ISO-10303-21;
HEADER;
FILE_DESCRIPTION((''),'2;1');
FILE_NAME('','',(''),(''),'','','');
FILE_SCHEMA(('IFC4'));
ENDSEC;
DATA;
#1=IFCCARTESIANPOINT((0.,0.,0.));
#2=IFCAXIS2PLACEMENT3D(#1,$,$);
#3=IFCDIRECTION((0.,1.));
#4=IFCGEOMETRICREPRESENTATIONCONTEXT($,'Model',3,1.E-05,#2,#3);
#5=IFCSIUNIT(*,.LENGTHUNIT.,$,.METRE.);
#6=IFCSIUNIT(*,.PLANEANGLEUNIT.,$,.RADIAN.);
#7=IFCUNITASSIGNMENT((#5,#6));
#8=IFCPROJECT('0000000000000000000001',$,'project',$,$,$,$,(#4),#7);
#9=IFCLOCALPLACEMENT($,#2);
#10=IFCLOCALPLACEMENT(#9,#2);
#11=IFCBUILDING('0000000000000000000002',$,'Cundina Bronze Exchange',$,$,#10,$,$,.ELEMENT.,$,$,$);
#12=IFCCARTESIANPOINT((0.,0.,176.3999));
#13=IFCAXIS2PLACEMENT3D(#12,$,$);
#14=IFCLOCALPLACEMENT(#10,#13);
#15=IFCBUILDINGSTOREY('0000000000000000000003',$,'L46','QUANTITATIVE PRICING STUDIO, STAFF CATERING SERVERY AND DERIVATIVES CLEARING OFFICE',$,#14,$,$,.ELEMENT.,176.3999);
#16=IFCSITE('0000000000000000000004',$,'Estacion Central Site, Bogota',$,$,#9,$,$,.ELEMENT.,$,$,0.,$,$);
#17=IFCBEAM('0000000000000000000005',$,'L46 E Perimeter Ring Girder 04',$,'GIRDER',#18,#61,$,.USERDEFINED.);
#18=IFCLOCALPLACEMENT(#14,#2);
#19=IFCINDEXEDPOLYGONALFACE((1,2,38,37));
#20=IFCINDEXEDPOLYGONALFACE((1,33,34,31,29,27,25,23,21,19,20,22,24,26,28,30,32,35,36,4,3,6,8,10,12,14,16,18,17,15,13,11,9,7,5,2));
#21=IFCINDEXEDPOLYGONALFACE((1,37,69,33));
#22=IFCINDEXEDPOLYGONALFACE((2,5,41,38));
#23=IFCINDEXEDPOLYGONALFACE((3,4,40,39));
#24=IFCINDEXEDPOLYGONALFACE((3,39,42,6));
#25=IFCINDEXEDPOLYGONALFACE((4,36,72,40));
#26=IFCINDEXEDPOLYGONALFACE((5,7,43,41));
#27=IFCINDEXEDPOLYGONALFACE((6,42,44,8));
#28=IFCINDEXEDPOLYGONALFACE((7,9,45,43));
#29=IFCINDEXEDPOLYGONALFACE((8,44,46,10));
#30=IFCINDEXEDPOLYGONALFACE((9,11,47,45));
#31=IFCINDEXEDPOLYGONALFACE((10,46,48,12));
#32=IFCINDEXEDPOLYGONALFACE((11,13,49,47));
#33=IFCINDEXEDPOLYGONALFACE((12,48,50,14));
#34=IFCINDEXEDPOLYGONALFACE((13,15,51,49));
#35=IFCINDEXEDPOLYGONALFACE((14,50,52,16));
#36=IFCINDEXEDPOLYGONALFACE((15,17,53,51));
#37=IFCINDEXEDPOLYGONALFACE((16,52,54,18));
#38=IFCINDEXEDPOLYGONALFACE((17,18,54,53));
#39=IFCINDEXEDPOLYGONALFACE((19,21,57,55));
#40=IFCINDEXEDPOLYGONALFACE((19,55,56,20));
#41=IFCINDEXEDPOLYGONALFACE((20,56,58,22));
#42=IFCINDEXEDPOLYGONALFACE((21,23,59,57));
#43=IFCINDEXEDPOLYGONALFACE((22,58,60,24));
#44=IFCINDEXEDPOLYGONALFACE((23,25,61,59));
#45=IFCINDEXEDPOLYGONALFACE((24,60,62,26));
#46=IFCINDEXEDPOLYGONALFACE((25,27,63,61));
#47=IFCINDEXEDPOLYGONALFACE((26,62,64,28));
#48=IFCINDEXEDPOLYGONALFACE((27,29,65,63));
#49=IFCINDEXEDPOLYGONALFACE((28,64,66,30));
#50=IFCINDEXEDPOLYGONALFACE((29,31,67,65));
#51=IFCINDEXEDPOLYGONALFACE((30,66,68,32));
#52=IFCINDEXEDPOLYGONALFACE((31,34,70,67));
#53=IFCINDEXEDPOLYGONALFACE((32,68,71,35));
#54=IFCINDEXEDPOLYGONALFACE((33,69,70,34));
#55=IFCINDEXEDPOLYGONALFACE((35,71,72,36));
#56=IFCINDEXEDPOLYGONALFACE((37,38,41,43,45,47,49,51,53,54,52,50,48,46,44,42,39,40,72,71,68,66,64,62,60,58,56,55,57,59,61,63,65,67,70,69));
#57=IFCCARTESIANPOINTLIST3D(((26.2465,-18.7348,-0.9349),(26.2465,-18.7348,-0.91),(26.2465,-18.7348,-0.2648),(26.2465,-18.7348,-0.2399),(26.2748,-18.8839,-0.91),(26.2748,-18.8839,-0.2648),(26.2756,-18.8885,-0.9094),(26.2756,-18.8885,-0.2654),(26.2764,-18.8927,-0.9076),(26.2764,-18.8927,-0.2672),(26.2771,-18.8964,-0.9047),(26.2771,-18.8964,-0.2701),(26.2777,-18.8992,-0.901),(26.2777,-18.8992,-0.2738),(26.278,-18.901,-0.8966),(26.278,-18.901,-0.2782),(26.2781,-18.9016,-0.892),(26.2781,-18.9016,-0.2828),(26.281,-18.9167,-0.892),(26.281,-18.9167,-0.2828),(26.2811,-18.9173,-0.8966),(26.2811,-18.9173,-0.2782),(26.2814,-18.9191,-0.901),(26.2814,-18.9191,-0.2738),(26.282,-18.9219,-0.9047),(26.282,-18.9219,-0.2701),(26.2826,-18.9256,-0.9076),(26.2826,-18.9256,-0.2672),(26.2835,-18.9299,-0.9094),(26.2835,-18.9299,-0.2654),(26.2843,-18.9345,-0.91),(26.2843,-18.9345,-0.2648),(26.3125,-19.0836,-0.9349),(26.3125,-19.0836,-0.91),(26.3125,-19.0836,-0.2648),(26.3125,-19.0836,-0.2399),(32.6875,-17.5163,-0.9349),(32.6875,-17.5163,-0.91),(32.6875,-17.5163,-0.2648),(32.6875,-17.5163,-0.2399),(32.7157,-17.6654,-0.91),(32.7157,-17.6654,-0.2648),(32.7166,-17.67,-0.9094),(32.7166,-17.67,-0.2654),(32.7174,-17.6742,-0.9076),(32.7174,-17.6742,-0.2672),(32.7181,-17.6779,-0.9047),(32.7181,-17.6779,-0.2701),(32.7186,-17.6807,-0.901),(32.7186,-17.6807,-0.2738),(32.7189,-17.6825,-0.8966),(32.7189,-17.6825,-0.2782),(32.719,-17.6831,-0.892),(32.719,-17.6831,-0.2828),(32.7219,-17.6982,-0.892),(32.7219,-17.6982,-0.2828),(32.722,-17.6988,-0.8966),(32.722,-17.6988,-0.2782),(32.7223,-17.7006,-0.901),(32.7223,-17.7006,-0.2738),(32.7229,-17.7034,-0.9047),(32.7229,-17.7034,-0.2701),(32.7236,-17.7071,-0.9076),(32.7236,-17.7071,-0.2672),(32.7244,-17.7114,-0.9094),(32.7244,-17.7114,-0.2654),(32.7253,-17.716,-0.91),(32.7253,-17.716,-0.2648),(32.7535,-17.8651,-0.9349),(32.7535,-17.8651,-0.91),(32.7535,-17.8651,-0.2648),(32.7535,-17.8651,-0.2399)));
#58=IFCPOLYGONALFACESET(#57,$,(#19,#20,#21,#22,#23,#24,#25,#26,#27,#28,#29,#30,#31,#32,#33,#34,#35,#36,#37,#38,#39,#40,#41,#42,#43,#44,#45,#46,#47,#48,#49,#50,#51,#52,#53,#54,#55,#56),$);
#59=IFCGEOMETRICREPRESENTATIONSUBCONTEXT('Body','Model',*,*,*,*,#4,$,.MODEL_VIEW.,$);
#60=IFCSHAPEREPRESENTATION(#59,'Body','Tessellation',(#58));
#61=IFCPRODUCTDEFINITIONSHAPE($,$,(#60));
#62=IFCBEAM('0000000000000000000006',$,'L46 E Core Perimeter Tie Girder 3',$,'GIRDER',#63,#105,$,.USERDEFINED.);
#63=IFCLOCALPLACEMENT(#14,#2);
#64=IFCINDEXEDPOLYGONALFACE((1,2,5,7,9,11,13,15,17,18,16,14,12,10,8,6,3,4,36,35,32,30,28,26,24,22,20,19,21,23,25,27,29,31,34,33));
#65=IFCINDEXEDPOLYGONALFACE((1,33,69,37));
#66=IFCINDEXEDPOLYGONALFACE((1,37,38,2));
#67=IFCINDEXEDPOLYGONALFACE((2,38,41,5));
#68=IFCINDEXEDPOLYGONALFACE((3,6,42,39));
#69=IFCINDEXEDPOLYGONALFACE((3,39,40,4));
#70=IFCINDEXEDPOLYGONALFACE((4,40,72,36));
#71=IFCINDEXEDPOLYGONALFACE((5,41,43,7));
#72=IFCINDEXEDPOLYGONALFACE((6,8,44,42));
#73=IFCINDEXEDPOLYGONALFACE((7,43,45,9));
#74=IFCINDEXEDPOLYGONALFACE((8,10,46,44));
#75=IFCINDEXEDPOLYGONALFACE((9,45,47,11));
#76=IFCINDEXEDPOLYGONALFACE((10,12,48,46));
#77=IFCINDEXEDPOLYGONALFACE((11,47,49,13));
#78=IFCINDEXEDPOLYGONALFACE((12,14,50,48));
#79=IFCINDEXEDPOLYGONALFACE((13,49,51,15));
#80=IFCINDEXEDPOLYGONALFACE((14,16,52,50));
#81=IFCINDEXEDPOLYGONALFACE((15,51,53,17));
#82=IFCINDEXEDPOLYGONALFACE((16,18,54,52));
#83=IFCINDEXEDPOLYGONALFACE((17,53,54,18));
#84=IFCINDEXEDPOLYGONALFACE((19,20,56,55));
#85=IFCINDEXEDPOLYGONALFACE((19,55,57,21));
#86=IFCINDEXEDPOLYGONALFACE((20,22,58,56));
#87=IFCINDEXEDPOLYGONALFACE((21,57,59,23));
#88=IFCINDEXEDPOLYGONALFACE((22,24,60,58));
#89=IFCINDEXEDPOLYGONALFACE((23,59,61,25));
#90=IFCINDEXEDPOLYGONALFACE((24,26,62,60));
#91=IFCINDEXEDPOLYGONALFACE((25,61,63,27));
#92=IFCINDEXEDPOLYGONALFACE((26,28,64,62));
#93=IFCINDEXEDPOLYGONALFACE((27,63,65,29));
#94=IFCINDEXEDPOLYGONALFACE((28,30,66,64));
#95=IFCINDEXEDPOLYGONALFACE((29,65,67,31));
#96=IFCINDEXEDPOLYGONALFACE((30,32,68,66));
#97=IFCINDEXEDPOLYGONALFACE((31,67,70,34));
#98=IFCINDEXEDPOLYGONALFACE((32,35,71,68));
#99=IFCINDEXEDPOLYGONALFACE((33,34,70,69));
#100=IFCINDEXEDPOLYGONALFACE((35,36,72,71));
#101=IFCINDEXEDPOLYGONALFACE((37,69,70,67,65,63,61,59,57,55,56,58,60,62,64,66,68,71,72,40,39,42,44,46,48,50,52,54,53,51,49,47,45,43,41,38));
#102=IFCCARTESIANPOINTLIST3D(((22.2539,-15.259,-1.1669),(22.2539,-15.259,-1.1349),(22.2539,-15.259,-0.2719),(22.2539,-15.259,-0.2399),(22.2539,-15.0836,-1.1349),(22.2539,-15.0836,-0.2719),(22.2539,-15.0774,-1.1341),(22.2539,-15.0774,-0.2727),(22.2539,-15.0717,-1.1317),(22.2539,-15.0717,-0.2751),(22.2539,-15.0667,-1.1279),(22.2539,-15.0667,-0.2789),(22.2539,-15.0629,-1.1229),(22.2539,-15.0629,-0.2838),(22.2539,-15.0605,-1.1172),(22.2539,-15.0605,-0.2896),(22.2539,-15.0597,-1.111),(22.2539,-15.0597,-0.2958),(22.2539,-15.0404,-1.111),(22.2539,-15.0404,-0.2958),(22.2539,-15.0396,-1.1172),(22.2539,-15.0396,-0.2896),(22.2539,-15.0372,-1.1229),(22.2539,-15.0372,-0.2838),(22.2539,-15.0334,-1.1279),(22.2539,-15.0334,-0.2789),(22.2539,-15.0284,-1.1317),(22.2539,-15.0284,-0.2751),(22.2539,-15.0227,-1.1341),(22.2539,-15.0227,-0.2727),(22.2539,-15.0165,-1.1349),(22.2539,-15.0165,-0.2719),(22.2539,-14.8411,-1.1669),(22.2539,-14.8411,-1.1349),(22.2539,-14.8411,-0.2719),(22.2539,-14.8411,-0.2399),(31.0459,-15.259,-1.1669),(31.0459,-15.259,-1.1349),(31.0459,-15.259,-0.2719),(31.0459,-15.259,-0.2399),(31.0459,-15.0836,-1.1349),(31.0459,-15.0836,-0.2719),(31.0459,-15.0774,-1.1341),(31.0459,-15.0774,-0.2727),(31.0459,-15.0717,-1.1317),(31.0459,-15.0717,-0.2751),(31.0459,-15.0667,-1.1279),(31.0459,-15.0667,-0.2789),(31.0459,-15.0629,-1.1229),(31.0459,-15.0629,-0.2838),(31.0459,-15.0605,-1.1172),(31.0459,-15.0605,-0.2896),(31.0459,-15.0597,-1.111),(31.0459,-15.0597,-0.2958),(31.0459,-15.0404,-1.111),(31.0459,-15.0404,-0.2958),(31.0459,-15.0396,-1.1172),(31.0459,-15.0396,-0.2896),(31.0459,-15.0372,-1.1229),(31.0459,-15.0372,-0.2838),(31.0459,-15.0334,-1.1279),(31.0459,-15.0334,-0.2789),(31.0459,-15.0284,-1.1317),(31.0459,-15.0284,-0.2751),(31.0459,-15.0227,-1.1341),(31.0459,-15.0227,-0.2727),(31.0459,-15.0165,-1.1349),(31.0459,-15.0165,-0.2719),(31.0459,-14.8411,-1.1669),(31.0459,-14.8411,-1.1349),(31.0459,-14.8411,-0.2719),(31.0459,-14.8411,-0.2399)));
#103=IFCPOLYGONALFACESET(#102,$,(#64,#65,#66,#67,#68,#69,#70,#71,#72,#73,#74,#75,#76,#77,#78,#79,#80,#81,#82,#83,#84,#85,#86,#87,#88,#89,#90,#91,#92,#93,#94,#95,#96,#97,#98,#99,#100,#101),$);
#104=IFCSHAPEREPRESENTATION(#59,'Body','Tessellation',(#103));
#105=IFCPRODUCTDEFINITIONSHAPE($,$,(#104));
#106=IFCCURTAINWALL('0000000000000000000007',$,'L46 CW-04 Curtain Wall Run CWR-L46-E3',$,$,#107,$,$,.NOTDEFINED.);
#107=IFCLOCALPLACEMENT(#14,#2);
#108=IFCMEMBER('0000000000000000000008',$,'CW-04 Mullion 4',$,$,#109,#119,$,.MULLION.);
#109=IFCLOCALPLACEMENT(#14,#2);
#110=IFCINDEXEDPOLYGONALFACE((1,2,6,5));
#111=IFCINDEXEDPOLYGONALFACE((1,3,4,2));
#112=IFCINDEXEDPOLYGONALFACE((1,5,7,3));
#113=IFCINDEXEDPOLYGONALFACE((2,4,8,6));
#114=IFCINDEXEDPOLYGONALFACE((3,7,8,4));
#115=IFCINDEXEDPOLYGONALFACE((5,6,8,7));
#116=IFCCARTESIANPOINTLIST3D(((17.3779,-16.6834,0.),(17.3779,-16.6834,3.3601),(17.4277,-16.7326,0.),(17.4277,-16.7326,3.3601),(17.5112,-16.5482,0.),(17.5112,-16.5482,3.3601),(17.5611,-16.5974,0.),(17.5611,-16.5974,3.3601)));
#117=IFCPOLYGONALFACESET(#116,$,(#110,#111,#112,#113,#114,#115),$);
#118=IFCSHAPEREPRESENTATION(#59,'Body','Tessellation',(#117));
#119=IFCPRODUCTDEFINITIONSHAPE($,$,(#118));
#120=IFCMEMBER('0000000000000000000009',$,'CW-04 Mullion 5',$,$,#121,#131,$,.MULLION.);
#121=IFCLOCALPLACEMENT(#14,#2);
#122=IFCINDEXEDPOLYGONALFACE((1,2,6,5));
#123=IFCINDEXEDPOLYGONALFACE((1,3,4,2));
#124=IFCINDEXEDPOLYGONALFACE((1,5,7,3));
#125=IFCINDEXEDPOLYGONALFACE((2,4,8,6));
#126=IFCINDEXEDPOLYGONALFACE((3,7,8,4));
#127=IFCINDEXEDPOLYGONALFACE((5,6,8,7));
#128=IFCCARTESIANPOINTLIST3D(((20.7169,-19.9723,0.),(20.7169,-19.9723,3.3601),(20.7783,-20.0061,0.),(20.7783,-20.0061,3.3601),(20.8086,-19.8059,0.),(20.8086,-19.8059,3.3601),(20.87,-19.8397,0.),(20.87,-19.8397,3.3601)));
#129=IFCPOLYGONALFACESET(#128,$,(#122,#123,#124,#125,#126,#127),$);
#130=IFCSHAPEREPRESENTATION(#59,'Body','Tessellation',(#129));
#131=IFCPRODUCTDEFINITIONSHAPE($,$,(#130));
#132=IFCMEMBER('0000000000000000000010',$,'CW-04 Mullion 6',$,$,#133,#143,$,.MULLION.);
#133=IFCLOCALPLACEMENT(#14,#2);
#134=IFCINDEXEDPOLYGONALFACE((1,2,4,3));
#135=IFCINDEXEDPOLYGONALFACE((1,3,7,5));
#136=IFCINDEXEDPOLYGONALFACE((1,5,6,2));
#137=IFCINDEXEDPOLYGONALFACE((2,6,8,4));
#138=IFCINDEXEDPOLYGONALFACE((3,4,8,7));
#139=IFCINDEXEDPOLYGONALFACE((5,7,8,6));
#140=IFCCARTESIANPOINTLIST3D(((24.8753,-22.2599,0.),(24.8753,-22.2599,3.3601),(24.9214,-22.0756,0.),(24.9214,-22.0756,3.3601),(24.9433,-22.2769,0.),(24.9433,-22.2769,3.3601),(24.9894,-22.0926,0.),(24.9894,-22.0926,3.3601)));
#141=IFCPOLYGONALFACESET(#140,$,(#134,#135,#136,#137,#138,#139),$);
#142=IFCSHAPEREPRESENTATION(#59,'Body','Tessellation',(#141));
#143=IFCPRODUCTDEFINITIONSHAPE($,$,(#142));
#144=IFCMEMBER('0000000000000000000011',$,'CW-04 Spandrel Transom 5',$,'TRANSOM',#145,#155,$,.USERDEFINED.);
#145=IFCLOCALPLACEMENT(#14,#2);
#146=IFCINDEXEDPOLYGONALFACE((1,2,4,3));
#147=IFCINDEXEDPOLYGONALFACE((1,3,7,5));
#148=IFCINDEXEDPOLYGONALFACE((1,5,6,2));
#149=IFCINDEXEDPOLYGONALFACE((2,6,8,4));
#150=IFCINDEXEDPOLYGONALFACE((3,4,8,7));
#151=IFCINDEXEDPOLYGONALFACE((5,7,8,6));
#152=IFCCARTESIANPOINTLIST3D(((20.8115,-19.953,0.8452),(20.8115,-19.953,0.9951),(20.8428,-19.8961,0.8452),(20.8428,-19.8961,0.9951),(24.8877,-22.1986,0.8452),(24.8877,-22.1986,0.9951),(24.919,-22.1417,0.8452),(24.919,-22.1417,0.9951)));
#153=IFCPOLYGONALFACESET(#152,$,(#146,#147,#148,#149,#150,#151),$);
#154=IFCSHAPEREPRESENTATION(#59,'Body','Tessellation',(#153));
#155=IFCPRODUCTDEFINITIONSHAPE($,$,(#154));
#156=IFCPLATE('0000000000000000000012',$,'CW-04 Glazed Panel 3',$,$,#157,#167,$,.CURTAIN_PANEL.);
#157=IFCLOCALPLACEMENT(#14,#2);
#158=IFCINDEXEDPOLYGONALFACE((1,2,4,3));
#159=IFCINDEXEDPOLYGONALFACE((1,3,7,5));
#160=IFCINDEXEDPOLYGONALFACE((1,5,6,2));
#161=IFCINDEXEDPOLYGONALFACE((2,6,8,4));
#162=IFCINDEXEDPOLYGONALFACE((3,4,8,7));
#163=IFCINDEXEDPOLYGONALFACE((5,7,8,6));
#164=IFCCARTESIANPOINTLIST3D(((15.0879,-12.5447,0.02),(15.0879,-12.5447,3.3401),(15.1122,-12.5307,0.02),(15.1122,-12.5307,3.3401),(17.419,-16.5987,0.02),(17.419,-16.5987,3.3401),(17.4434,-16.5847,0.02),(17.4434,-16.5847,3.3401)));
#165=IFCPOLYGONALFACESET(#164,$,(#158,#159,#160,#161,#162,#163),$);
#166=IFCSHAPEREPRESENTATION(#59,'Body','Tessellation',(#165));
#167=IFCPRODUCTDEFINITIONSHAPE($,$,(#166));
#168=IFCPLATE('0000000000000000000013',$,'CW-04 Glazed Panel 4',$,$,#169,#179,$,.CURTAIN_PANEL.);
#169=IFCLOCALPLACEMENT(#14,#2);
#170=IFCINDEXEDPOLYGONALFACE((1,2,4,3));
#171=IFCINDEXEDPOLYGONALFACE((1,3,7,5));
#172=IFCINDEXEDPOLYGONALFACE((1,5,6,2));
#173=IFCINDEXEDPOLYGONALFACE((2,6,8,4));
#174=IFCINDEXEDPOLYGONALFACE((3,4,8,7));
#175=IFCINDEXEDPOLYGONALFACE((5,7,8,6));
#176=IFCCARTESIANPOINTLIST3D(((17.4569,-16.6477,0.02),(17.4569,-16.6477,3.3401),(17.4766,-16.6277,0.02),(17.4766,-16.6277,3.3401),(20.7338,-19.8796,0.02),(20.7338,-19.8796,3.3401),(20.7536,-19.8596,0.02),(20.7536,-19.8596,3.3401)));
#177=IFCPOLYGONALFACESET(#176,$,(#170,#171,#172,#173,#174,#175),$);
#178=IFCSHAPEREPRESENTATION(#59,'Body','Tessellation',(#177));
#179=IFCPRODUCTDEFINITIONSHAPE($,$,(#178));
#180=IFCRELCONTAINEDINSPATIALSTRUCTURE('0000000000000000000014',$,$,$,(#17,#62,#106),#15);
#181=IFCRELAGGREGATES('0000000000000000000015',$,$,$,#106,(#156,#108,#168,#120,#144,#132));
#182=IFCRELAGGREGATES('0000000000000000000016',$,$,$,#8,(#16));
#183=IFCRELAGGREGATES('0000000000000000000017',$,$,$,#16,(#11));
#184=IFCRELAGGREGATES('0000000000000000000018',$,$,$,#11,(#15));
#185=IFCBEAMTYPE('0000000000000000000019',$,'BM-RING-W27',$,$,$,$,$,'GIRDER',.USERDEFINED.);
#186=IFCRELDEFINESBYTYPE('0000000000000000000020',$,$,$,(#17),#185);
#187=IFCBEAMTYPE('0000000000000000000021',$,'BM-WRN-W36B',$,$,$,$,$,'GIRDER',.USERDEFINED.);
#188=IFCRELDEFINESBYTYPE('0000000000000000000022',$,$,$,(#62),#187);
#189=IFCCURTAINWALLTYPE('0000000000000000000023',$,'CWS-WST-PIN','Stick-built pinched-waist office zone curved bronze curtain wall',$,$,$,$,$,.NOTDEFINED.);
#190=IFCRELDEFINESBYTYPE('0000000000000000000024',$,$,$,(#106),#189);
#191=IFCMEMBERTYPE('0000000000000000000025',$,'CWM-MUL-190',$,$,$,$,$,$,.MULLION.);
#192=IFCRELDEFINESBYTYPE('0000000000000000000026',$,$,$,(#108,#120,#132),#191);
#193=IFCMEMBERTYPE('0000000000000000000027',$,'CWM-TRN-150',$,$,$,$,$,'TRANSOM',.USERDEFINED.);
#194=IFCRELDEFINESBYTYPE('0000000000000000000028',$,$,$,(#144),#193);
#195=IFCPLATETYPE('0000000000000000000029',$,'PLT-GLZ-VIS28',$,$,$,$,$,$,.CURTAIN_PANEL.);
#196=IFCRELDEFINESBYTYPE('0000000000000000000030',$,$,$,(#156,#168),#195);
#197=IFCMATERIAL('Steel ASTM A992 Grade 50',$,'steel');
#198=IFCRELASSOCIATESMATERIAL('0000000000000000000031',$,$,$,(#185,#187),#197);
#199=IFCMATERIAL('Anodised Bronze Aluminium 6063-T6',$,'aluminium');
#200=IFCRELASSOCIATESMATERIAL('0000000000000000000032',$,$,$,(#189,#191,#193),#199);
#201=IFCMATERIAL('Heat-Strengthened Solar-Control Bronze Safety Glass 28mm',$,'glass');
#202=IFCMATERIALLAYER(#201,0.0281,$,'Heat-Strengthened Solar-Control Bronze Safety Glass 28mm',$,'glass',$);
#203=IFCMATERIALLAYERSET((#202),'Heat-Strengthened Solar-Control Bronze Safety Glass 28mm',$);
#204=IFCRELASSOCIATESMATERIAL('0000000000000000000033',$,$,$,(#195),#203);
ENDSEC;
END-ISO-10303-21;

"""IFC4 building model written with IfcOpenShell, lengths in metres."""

from ifc_helpers import new_model, si_unit, direction, frame, origin, origin_2d, place, context, subcontext, project, spatial, rectangle, i_section, extrude, material, layer, layer_set, material_profile, profile_set, type_object, element, aggregate, save


model = new_model("IFC4")

# Units and contexts
model_context = context("Model", 3, precision=1e-05, world=origin(), true_north=direction((0.0, 1.0)))
body_context = subcontext(model_context, "Body", "Model", "MODEL_VIEW")
ifc_project = project(units=[si_unit("LENGTHUNIT", "METRE"), si_unit("PLANEANGLEUNIT", "RADIAN")], contexts=[model_context])

# Site, building, storey
site_placement = place(None, origin())
site = spatial("IfcSite", under=ifc_project, at=site_placement, Name="Estacion Central Site, Bogota", CompositionType="ELEMENT", RefElevation=0.0)
building_placement = place(site_placement, origin())
building = spatial("IfcBuilding", under=site, at=building_placement, Name="Cundina Bronze Exchange", CompositionType="ELEMENT")
storey_placement = place(building_placement, frame((0.0, 0.0, 176.3999)))
storey = spatial("IfcBuildingStorey", under=building, at=storey_placement, Name="L46", Description="QUANTITATIVE PRICING STUDIO, STAFF CATERING SERVERY AND DERIVATIVES CLEARING OFFICE", CompositionType="ELEMENT", Elevation=176.3999)

# Shared definitions
ifc_material_1 = material(Name="Steel ASTM A992 Grade 50", Category="steel")

# Beams
ifc_material_profile_1 = material_profile(ifc_material_1, i_section(OverallWidth=0.355, OverallDepth=0.6951, WebThickness=0.0154, FlangeThickness=0.0249, FilletRadius=0.0181, at=origin_2d()), Name="W27X146", Category="steel")
ifc_profile_set_1 = profile_set([ifc_material_profile_1], Name="Steel ASTM A992 Grade 50")
beam_type_1 = type_object("IfcBeamType", Name="BM-RING-W27", ElementType="GIRDER", PredefinedType="USERDEFINED", material=ifc_profile_set_1)
beam_1_placement = place(storey_placement, frame((26.2795, -18.9092, -0.5874), z_axis=(0.982572, 0.185885, 0.0), x_axis=(-0.185885, 0.982572, 0.0)))
element("IfcBeam", 1, at=beam_1_placement, inside=storey, type_object=beam_type_1, Name="L46 E Perimeter Ring Girder 04", ObjectType="GIRDER", PredefinedType="USERDEFINED", context=body_context, shape_type="SweptSolid", body=[
    extrude(i_section(OverallWidth=0.355, OverallDepth=0.6951, WebThickness=0.0154, FlangeThickness=0.0249, FilletRadius=0.0181, at=origin_2d()), origin(), (0.0, 0.0, 1.0), 6.5552),
])
ifc_material_profile_2 = material_profile(ifc_material_1, i_section(OverallWidth=0.418, OverallDepth=0.927, WebThickness=0.0193, FlangeThickness=0.032, FilletRadius=0.0239, at=origin_2d()), Name="W36X231", Category="steel")
ifc_profile_set_2 = profile_set([ifc_material_profile_2], Name="Steel ASTM A992 Grade 50")
beam_type_2 = type_object("IfcBeamType", Name="BM-WRN-W36B", ElementType="GIRDER", PredefinedType="USERDEFINED", material=ifc_profile_set_2)
beam_2_placement = place(storey_placement, frame((22.2539, -15.05, -0.7034), z_axis=(1.0, 0.0, 0.0), x_axis=(0.0, 1.0, 0.0)))
element("IfcBeam", 2, at=beam_2_placement, inside=storey, type_object=beam_type_2, Name="L46 E Core Perimeter Tie Girder 3", ObjectType="GIRDER", PredefinedType="USERDEFINED", context=body_context, shape_type="SweptSolid", body=[
    extrude(i_section(OverallWidth=0.418, OverallDepth=0.927, WebThickness=0.0193, FlangeThickness=0.032, FilletRadius=0.0239, at=origin_2d()), origin(), (0.0, 0.0, 1.0), 8.792),
])

# Curtain wall, members, plates
ifc_material_2 = material(Name="Anodised Bronze Aluminium 6063-T6", Category="aluminium")
curtain_wall_type = type_object("IfcCurtainWallType", Name="CWS-WST-PIN", Description="Stick-built pinched-waist office zone curved bronze curtain wall", PredefinedType="NOTDEFINED", material=ifc_material_2)
curtain_wall_placement = place(storey_placement, origin())
curtain_wall = element("IfcCurtainWall", 3, at=curtain_wall_placement, inside=storey, type_object=curtain_wall_type, Name="L46 CW-04 Curtain Wall Run CWR-L46-E3", PredefinedType="NOTDEFINED")
ifc_material_profile_3 = material_profile(ifc_material_2, rectangle(XDim=0.0701, YDim=0.1899, at=origin_2d()), Name="AL70X190", Category="aluminium")
ifc_profile_set_3 = profile_set([ifc_material_profile_3], Name="Anodised Bronze Aluminium 6063-T6")
member_type_1 = type_object("IfcMemberType", Name="CWM-MUL-190", PredefinedType="MULLION", material=ifc_profile_set_3)
member_1_placement = place(storey_placement, frame((17.4695, -16.6404, 0.0), z_axis=(0.0, 0.0, 1.0), x_axis=(0.712026, -0.702153, 0.0)))
member_1 = element("IfcMember", 4, at=member_1_placement, type_object=member_type_1, Name="CW-04 Mullion 4", PredefinedType="MULLION", context=body_context, shape_type="SweptSolid", body=[
    extrude(rectangle(XDim=0.0701, YDim=0.1899, at=origin_2d()), origin(), (0.0, 0.0, 1.0), 3.3601),
])
member_2_placement = place(storey_placement, frame((20.7935, -19.906, 0.0), z_axis=(0.0, 0.0, 1.0), x_axis=(0.875886, -0.482518, 0.0)))
member_2 = element("IfcMember", 5, at=member_2_placement, type_object=member_type_1, Name="CW-04 Mullion 5", PredefinedType="MULLION", context=body_context, shape_type="SweptSolid", body=[
    extrude(rectangle(XDim=0.0701, YDim=0.1899, at=origin_2d()), origin(), (0.0, 0.0, 1.0), 3.3601),
])
member_3_placement = place(storey_placement, frame((24.9324, -22.1763, 0.0), z_axis=(0.0, 0.0, 1.0), x_axis=(0.970084, -0.242769, 0.0)))
member_3 = element("IfcMember", 6, at=member_3_placement, type_object=member_type_1, Name="CW-04 Mullion 6", PredefinedType="MULLION", context=body_context, shape_type="SweptSolid", body=[
    extrude(rectangle(XDim=0.0701, YDim=0.1899, at=origin_2d()), origin(), (0.0, 0.0, 1.0), 3.3601),
])
ifc_material_profile_4 = material_profile(ifc_material_2, rectangle(XDim=0.0649, YDim=0.1499, at=origin_2d()), Name="AL65X150", Category="aluminium")
ifc_profile_set_4 = profile_set([ifc_material_profile_4], Name="Anodised Bronze Aluminium 6063-T6")
member_type_2 = type_object("IfcMemberType", Name="CWM-TRN-150", ElementType="TRANSOM", PredefinedType="USERDEFINED", material=ifc_profile_set_4)
member_4_placement = place(storey_placement, frame((20.8271, -19.9246, 0.9202), z_axis=(0.875879, -0.482531, 0.0), x_axis=(0.482531, 0.875879, 0.0)))
member_4 = element("IfcMember", 7, at=member_4_placement, type_object=member_type_2, Name="CW-04 Spandrel Transom 5", ObjectType="TRANSOM", PredefinedType="USERDEFINED", context=body_context, shape_type="SweptSolid", body=[
    extrude(rectangle(XDim=0.0649, YDim=0.1499, at=origin_2d()), origin(), (0.0, 0.0, 1.0), 4.6538),
])
ifc_material_3 = material(Name="Heat-Strengthened Solar-Control Bronze Safety Glass 28mm", Category="glass")
ifc_layer_1 = layer(ifc_material_3, 0.0281, Name="Heat-Strengthened Solar-Control Bronze Safety Glass 28mm", Category="glass")
ifc_layer_set_1 = layer_set([ifc_layer_1], Name="Heat-Strengthened Solar-Control Bronze Safety Glass 28mm")
plate_type = type_object("IfcPlateType", Name="PLT-GLZ-VIS28", PredefinedType="CURTAIN_PANEL", material=ifc_layer_set_1)
plate_1_placement = place(storey_placement, frame((16.2656, -14.5647, 0.02), z_axis=(0.0, 0.0, 1.0), x_axis=(0.498488, -0.866897, 0.0)))
plate_1 = element("IfcPlate", 8, at=plate_1_placement, type_object=plate_type, Name="CW-04 Glazed Panel 3", PredefinedType="CURTAIN_PANEL", context=body_context, shape_type="SweptSolid", body=[
    extrude(rectangle(XDim=4.6765, YDim=0.0281, at=origin_2d()), origin(), (0.0, 0.0, 1.0), 3.3201),
])
plate_2_placement = place(storey_placement, frame((19.1052, -18.2537, 0.02), z_axis=(0.0, 0.0, 1.0), x_axis=(0.711989, -0.70219, 0.0)))
plate_2 = element("IfcPlate", 9, at=plate_2_placement, type_object=plate_type, Name="CW-04 Glazed Panel 4", PredefinedType="CURTAIN_PANEL", context=body_context, shape_type="SweptSolid", body=[
    extrude(rectangle(XDim=4.6025, YDim=0.0281, at=origin_2d()), origin(), (0.0, 0.0, 1.0), 3.3201),
])
aggregate(curtain_wall, [plate_1, member_1, plate_2, member_2, member_4, member_3])

save(model, "model.ifc")
